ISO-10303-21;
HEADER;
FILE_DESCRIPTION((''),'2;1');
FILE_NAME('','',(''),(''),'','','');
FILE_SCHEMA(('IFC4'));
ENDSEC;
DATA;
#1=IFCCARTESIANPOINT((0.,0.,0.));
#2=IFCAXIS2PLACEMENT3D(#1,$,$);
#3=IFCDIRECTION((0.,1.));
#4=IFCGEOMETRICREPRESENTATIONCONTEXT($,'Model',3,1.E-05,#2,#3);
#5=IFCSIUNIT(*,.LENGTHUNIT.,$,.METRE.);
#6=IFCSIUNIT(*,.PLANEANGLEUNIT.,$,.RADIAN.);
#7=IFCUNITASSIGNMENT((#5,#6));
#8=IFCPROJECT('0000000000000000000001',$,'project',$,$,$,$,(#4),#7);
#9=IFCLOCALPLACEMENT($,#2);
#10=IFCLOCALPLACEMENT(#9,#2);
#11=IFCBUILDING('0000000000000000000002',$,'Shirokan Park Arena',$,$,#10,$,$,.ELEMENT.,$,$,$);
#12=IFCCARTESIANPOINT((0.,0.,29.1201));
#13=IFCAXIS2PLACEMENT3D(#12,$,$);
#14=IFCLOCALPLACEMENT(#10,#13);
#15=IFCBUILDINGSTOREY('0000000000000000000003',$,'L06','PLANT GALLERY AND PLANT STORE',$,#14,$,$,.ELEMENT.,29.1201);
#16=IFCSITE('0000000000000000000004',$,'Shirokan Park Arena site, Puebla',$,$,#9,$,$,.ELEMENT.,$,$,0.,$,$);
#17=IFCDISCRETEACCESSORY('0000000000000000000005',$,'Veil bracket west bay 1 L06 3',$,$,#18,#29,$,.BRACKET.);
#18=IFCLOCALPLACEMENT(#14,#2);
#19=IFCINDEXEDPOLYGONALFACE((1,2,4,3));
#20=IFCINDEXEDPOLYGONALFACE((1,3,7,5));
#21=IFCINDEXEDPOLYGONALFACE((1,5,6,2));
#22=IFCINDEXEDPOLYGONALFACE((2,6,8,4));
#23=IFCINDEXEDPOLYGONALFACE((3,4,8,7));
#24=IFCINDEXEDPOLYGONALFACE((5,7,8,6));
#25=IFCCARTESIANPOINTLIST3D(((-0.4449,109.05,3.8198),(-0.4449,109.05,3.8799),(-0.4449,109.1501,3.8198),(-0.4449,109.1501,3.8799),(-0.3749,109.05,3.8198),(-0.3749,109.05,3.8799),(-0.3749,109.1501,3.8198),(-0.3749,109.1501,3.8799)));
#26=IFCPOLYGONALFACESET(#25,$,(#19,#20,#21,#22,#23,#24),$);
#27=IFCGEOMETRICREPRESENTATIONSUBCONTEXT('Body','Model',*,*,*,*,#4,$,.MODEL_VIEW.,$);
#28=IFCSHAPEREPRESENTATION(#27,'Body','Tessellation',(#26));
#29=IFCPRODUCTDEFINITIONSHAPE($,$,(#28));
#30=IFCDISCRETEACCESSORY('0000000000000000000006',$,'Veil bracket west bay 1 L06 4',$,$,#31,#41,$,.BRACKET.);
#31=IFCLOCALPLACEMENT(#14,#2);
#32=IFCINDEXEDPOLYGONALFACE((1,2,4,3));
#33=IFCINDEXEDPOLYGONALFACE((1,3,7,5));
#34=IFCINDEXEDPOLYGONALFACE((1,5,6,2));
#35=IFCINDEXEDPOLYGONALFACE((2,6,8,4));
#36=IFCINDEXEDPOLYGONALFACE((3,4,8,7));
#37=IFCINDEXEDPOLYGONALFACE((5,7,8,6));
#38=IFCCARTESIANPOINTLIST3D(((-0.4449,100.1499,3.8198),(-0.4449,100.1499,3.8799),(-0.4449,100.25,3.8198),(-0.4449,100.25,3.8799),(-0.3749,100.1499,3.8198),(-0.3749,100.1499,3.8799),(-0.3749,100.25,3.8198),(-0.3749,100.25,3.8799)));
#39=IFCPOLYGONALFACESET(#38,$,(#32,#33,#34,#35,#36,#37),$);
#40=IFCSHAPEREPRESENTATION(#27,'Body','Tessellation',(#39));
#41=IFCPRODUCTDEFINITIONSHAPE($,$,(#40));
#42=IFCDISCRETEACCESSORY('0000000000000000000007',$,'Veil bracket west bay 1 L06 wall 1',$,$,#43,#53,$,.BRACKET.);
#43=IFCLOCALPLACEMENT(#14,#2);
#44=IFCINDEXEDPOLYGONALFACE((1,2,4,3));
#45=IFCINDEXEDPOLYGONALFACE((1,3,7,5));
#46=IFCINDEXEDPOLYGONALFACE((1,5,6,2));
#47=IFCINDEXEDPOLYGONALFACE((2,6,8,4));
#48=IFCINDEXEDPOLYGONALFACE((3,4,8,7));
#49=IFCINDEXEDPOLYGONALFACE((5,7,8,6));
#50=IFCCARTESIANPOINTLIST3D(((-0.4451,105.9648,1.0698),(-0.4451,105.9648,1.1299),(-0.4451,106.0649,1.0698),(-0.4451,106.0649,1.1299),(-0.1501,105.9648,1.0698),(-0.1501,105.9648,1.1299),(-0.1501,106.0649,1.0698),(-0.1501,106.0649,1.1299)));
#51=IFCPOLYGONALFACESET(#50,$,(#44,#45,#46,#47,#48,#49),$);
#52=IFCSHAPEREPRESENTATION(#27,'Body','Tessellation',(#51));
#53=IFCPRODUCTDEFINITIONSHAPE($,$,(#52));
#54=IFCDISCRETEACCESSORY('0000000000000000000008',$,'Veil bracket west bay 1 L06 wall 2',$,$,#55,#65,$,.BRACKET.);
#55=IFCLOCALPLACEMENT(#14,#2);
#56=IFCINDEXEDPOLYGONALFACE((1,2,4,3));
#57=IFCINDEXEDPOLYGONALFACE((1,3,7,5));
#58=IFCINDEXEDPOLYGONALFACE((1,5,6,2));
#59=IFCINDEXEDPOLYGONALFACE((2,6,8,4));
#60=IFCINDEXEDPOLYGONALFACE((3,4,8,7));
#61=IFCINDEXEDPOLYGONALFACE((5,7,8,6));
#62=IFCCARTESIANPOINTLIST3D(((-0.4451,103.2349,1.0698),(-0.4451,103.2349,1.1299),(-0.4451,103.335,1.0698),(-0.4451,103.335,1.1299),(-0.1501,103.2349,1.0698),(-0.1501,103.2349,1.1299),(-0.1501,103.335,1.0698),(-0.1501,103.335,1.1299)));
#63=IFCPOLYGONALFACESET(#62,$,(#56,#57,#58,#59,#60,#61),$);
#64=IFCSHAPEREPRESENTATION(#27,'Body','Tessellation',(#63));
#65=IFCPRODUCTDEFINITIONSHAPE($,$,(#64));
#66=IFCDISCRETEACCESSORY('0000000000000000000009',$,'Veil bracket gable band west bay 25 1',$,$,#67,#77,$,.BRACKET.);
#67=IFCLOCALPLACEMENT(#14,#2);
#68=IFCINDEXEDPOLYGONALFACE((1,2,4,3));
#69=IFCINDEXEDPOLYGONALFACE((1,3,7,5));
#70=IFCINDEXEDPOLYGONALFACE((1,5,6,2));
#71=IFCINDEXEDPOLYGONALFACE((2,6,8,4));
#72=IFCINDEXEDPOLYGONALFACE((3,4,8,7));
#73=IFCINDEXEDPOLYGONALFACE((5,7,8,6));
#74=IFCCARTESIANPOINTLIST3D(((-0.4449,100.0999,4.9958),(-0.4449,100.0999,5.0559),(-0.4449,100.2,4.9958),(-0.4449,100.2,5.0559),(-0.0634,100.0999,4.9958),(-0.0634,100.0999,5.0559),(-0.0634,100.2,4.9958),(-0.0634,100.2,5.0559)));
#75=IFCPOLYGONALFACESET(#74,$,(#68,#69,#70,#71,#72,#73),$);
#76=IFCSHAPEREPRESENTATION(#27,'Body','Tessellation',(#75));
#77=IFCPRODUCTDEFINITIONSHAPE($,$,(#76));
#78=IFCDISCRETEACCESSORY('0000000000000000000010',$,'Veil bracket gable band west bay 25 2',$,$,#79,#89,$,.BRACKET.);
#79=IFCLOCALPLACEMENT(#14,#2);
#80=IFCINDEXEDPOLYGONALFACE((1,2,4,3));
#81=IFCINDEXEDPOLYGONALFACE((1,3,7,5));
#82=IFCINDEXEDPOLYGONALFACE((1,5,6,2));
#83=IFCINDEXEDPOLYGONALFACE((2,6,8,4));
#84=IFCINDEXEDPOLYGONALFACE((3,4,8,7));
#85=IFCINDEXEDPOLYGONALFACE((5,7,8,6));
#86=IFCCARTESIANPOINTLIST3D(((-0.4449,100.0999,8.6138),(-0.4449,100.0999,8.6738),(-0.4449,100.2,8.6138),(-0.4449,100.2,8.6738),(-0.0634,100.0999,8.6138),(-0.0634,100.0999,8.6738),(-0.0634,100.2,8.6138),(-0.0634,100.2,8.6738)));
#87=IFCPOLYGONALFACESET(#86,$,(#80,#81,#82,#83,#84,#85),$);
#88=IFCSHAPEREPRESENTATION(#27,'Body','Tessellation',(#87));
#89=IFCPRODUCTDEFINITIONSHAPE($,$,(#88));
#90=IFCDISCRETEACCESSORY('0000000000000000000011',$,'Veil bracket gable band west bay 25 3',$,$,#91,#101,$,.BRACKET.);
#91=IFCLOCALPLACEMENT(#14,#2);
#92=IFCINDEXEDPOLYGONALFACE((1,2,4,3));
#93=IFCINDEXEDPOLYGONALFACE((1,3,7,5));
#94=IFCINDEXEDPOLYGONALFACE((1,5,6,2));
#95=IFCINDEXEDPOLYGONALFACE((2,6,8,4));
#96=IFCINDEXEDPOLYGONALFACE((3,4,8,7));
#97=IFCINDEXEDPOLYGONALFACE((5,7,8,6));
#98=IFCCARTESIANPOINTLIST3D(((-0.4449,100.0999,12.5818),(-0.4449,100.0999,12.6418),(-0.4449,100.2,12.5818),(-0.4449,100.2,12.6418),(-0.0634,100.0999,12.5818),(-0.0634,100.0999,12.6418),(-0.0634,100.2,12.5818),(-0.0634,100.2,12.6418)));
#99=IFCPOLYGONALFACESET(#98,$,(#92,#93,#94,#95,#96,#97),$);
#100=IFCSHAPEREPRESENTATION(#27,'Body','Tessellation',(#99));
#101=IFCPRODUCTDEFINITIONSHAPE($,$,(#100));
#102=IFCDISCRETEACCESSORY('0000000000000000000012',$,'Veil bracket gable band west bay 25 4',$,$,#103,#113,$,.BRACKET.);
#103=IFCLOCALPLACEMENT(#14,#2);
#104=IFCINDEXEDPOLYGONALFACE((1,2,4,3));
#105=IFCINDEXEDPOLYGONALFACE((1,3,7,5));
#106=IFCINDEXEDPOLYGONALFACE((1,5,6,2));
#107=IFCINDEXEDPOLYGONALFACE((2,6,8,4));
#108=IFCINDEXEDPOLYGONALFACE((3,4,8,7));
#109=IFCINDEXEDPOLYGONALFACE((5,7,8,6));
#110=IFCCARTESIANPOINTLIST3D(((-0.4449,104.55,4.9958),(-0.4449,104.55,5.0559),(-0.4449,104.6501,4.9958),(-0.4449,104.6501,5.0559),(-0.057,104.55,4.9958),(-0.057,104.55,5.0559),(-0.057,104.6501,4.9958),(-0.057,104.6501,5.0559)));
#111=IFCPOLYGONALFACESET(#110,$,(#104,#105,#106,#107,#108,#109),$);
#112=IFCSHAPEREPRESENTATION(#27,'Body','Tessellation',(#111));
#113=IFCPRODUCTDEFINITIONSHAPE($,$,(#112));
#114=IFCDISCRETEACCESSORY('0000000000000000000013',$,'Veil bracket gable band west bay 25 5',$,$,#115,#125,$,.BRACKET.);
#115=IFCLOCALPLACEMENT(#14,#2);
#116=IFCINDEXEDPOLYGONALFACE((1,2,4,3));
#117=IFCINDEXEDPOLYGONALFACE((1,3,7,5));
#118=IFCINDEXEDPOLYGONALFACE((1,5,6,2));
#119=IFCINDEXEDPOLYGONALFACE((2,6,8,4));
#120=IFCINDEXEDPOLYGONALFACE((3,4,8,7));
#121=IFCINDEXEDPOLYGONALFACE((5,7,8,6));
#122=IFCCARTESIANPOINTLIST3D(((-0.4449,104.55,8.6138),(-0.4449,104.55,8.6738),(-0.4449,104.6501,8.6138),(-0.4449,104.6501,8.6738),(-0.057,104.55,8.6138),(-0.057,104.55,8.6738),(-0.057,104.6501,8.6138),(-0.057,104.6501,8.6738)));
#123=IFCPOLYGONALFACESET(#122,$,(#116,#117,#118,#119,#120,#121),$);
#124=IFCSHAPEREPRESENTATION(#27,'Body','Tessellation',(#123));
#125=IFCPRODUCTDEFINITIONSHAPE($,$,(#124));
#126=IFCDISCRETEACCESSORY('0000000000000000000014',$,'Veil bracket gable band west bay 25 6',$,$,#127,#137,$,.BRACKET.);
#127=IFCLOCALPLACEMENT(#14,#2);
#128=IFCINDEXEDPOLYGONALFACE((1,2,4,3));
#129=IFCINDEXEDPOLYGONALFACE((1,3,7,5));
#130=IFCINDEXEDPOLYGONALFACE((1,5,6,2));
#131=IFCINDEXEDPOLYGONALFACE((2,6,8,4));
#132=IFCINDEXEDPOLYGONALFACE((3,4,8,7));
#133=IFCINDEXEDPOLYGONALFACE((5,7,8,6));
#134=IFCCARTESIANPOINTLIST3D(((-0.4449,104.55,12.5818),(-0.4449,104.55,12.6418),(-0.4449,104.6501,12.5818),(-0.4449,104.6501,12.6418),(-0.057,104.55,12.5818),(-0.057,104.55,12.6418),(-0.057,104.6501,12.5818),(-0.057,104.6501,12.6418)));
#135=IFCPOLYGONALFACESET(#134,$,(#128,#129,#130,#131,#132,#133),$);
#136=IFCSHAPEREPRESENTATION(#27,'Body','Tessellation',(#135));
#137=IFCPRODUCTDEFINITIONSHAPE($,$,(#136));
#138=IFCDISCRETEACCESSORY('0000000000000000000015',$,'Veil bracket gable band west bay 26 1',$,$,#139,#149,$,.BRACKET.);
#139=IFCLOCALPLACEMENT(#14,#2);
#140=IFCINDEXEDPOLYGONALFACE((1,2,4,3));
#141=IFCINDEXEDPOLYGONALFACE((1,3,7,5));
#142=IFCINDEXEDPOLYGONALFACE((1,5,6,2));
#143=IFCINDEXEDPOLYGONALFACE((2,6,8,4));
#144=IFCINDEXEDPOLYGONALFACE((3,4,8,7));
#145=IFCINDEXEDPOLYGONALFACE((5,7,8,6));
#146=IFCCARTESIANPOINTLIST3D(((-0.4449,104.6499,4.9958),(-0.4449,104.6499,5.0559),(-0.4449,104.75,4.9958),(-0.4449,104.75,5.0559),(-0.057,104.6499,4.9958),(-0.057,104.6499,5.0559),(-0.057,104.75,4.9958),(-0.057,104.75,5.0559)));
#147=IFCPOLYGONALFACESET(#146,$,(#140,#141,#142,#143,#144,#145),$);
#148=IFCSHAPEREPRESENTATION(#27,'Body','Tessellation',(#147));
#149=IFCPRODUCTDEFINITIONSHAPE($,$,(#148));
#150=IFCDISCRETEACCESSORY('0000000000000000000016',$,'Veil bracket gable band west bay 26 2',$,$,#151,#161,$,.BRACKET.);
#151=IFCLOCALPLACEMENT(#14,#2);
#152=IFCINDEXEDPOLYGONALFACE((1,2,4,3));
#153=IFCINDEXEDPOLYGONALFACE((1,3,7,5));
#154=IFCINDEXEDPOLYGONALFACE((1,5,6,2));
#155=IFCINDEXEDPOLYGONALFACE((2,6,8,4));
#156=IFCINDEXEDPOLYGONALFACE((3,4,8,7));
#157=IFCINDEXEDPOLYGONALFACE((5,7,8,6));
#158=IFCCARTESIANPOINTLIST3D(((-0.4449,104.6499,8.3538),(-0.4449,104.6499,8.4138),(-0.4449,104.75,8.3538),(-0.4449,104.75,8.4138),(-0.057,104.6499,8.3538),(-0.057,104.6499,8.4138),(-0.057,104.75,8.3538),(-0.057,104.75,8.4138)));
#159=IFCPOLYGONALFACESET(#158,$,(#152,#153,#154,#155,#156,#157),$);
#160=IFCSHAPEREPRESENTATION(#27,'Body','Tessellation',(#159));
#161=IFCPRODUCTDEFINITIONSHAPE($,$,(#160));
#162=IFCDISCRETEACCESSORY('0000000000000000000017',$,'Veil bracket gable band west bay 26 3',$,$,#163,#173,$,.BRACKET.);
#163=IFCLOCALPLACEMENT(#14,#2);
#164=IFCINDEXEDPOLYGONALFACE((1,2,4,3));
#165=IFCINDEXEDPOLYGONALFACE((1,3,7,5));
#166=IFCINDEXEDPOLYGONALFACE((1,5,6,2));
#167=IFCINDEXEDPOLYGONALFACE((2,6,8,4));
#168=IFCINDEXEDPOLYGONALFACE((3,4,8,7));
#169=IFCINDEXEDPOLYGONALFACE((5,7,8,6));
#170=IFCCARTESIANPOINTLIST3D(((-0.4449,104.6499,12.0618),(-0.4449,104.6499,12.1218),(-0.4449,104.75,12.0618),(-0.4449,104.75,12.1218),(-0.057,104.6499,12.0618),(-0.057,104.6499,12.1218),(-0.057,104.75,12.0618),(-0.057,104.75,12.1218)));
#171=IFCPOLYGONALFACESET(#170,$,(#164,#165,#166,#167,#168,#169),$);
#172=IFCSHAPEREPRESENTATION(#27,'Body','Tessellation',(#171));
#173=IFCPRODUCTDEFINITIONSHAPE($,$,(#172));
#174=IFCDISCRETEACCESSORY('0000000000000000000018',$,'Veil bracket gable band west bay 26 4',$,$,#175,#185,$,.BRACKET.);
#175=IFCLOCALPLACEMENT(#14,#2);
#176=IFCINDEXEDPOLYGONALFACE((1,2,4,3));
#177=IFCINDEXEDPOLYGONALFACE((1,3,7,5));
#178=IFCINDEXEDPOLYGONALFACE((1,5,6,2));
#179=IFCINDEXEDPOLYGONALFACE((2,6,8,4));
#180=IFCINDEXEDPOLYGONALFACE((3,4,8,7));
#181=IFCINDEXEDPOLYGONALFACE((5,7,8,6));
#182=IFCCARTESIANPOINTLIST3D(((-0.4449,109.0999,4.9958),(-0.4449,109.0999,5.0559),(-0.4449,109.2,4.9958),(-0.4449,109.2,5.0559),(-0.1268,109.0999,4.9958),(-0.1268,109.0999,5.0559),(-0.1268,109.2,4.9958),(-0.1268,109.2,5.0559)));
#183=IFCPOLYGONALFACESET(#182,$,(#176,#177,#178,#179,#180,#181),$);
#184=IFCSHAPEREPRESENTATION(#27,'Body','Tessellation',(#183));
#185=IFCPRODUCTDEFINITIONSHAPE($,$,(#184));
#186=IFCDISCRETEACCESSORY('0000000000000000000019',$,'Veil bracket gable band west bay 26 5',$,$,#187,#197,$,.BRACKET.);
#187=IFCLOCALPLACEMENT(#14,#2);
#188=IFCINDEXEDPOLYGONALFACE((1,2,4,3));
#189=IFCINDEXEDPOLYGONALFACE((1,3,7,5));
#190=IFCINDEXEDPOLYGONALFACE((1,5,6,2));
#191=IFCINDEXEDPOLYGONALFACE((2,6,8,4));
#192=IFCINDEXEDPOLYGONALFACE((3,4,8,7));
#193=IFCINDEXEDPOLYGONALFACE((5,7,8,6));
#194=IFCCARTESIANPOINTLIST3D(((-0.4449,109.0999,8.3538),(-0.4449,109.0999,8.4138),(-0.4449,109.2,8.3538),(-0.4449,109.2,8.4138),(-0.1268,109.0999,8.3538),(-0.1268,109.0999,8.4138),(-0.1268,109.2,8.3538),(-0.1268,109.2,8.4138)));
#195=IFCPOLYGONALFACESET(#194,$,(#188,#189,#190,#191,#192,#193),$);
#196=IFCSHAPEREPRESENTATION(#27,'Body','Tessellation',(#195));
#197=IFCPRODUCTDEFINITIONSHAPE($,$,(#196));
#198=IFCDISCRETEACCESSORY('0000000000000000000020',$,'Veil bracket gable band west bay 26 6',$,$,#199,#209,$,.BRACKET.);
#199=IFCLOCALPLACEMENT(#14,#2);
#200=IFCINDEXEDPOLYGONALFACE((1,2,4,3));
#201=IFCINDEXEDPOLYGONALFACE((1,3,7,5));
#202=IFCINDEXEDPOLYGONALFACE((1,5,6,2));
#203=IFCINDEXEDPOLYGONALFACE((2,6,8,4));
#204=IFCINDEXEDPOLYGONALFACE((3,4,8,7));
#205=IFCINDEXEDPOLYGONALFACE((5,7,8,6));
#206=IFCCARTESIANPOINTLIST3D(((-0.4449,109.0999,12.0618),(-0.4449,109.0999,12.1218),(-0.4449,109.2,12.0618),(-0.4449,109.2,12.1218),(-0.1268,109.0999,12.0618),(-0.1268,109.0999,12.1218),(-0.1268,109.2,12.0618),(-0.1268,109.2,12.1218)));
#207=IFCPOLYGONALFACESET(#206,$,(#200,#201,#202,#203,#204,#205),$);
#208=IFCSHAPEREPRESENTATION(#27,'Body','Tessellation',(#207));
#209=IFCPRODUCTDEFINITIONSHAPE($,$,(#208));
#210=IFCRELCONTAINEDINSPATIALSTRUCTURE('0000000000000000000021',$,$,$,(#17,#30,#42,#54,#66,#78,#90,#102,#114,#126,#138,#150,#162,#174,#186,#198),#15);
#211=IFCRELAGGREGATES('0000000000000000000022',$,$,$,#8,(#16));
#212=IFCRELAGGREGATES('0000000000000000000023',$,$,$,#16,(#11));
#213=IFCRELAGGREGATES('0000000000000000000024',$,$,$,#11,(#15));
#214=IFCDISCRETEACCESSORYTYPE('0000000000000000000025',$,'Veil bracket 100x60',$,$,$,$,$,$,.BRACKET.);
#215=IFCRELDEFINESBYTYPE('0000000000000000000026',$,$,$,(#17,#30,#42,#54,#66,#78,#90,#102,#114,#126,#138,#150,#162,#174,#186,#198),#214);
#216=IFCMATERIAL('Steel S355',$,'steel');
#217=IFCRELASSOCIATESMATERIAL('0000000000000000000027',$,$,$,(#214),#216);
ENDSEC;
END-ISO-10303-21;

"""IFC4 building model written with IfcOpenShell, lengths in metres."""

from ifc_helpers import new_model, si_unit, direction, frame, origin, origin_2d, place, context, subcontext, project, spatial, rectangle, extrude, material, type_object, element, save


model = new_model("IFC4")

# Units and contexts
model_context = context("Model", 3, precision=1e-05, world=origin(), true_north=direction((0.0, 1.0)))
body_context = subcontext(model_context, "Body", "Model", "MODEL_VIEW")
ifc_project = project(units=[si_unit("LENGTHUNIT", "METRE"), si_unit("PLANEANGLEUNIT", "RADIAN")], contexts=[model_context])

# Site, building, storey
site_placement = place(None, origin())
site = spatial("IfcSite", under=ifc_project, at=site_placement, Name="Shirokan Park Arena site, Puebla", CompositionType="ELEMENT", RefElevation=0.0)
building_placement = place(site_placement, origin())
building = spatial("IfcBuilding", under=site, at=building_placement, Name="Shirokan Park Arena", CompositionType="ELEMENT")
storey_placement = place(building_placement, frame((0.0, 0.0, 29.1201)))
storey = spatial("IfcBuildingStorey", under=building, at=storey_placement, Name="L06", Description="PLANT GALLERY AND PLANT STORE", CompositionType="ELEMENT", Elevation=29.1201)

# Discrete accessories
ifc_material_1 = material(Name="Steel S355", Category="steel")
discrete_accessory_type = type_object("IfcDiscreteAccessoryType", Name="Veil bracket 100x60", PredefinedType="BRACKET", material=ifc_material_1)
for number, where, z_axis, x_axis, name in (
    (1, (-0.4099, 109.1001, 3.8198), (0.0, 0.0, 1.0), (0.0, -1.0, 0.0), "Veil bracket west bay 1 L06 3"),
    (2, (-0.4099, 100.2, 3.8198), (0.0, 0.0, 1.0), (0.0, -1.0, 0.0), "Veil bracket west bay 1 L06 4"),
):
    element("IfcDiscreteAccessory", number, at=place(storey_placement, frame(where, z_axis=z_axis, x_axis=x_axis)), inside=storey, type_object=discrete_accessory_type, Name=name, PredefinedType="BRACKET", context=body_context, shape_type="SweptSolid", body=[
        extrude(rectangle(XDim=0.1001, YDim=0.0701, at=origin_2d()), origin(), (0.0, 0.0, 1.0), 0.0601),
    ])
for number, where, z_axis, x_axis, name in (
    (3, (-0.2976, 106.0149, 1.0698), (0.0, 0.0, 1.0), (0.0, -1.0, 0.0), "Veil bracket west bay 1 L06 wall 1"),
    (4, (-0.2976, 103.2849, 1.0698), (0.0, 0.0, 1.0), (0.0, -1.0, 0.0), "Veil bracket west bay 1 L06 wall 2"),
):
    element("IfcDiscreteAccessory", number, at=place(storey_placement, frame(where, z_axis=z_axis, x_axis=x_axis)), inside=storey, type_object=discrete_accessory_type, Name=name, PredefinedType="BRACKET", context=body_context, shape_type="SweptSolid", body=[
        extrude(rectangle(XDim=0.1001, YDim=0.2949, at=origin_2d()), origin(), (0.0, 0.0, 1.0), 0.0601),
    ])
for number, where, z_axis, x_axis, name in (
    (5, (-0.2542, 100.1499, 4.9958), (0.0, 0.0, 1.0), (1.0, 0.0, 0.0), "Veil bracket gable band west bay 25 1"),
    (6, (-0.2542, 100.1499, 8.6138), (0.0, 0.0, 1.0), (1.0, 0.0, 0.0), "Veil bracket gable band west bay 25 2"),
    (7, (-0.2542, 100.1499, 12.5818), (0.0, 0.0, 1.0), (1.0, 0.0, 0.0), "Veil bracket gable band west bay 25 3"),
):
    element("IfcDiscreteAccessory", number, at=place(storey_placement, frame(where, z_axis=z_axis, x_axis=x_axis)), inside=storey, type_object=discrete_accessory_type, Name=name, PredefinedType="BRACKET", context=body_context, shape_type="SweptSolid", body=[
        extrude(rectangle(XDim=0.3816, YDim=0.1001, at=origin_2d()), origin(), (0.0, 0.0, 1.0), 0.0601),
    ])
for number, where, z_axis, x_axis, name in (
    (8, (-0.251, 104.6001, 4.9958), (0.0, 0.0, 1.0), (1.0, 0.0, 0.0), "Veil bracket gable band west bay 25 4"),
    (9, (-0.251, 104.6001, 8.6138), (0.0, 0.0, 1.0), (1.0, 0.0, 0.0), "Veil bracket gable band west bay 25 5"),
    (10, (-0.251, 104.6001, 12.5818), (0.0, 0.0, 1.0), (1.0, 0.0, 0.0), "Veil bracket gable band west bay 25 6"),
    (11, (-0.251, 104.7, 4.9958), (0.0, 0.0, 1.0), (1.0, 0.0, 0.0), "Veil bracket gable band west bay 26 1"),
    (12, (-0.251, 104.7, 8.3538), (0.0, 0.0, 1.0), (1.0, 0.0, 0.0), "Veil bracket gable band west bay 26 2"),
    (13, (-0.251, 104.7, 12.0618), (0.0, 0.0, 1.0), (1.0, 0.0, 0.0), "Veil bracket gable band west bay 26 3"),
):
    element("IfcDiscreteAccessory", number, at=place(storey_placement, frame(where, z_axis=z_axis, x_axis=x_axis)), inside=storey, type_object=discrete_accessory_type, Name=name, PredefinedType="BRACKET", context=body_context, shape_type="SweptSolid", body=[
        extrude(rectangle(XDim=0.3879, YDim=0.1001, at=origin_2d()), origin(), (0.0, 0.0, 1.0), 0.0601),
    ])
for number, where, z_axis, x_axis, name in (
    (14, (-0.2859, 109.1499, 4.9958), (0.0, 0.0, 1.0), (1.0, 0.0, 0.0), "Veil bracket gable band west bay 26 4"),
    (15, (-0.2859, 109.1499, 8.3538), (0.0, 0.0, 1.0), (1.0, 0.0, 0.0), "Veil bracket gable band west bay 26 5"),
    (16, (-0.2859, 109.1499, 12.0618), (0.0, 0.0, 1.0), (1.0, 0.0, 0.0), "Veil bracket gable band west bay 26 6"),
):
    element("IfcDiscreteAccessory", number, at=place(storey_placement, frame(where, z_axis=z_axis, x_axis=x_axis)), inside=storey, type_object=discrete_accessory_type, Name=name, PredefinedType="BRACKET", context=body_context, shape_type="SweptSolid", body=[
        extrude(rectangle(XDim=0.3181, YDim=0.1001, at=origin_2d()), origin(), (0.0, 0.0, 1.0), 0.0601),
    ])

save(model, "model.ifc")
